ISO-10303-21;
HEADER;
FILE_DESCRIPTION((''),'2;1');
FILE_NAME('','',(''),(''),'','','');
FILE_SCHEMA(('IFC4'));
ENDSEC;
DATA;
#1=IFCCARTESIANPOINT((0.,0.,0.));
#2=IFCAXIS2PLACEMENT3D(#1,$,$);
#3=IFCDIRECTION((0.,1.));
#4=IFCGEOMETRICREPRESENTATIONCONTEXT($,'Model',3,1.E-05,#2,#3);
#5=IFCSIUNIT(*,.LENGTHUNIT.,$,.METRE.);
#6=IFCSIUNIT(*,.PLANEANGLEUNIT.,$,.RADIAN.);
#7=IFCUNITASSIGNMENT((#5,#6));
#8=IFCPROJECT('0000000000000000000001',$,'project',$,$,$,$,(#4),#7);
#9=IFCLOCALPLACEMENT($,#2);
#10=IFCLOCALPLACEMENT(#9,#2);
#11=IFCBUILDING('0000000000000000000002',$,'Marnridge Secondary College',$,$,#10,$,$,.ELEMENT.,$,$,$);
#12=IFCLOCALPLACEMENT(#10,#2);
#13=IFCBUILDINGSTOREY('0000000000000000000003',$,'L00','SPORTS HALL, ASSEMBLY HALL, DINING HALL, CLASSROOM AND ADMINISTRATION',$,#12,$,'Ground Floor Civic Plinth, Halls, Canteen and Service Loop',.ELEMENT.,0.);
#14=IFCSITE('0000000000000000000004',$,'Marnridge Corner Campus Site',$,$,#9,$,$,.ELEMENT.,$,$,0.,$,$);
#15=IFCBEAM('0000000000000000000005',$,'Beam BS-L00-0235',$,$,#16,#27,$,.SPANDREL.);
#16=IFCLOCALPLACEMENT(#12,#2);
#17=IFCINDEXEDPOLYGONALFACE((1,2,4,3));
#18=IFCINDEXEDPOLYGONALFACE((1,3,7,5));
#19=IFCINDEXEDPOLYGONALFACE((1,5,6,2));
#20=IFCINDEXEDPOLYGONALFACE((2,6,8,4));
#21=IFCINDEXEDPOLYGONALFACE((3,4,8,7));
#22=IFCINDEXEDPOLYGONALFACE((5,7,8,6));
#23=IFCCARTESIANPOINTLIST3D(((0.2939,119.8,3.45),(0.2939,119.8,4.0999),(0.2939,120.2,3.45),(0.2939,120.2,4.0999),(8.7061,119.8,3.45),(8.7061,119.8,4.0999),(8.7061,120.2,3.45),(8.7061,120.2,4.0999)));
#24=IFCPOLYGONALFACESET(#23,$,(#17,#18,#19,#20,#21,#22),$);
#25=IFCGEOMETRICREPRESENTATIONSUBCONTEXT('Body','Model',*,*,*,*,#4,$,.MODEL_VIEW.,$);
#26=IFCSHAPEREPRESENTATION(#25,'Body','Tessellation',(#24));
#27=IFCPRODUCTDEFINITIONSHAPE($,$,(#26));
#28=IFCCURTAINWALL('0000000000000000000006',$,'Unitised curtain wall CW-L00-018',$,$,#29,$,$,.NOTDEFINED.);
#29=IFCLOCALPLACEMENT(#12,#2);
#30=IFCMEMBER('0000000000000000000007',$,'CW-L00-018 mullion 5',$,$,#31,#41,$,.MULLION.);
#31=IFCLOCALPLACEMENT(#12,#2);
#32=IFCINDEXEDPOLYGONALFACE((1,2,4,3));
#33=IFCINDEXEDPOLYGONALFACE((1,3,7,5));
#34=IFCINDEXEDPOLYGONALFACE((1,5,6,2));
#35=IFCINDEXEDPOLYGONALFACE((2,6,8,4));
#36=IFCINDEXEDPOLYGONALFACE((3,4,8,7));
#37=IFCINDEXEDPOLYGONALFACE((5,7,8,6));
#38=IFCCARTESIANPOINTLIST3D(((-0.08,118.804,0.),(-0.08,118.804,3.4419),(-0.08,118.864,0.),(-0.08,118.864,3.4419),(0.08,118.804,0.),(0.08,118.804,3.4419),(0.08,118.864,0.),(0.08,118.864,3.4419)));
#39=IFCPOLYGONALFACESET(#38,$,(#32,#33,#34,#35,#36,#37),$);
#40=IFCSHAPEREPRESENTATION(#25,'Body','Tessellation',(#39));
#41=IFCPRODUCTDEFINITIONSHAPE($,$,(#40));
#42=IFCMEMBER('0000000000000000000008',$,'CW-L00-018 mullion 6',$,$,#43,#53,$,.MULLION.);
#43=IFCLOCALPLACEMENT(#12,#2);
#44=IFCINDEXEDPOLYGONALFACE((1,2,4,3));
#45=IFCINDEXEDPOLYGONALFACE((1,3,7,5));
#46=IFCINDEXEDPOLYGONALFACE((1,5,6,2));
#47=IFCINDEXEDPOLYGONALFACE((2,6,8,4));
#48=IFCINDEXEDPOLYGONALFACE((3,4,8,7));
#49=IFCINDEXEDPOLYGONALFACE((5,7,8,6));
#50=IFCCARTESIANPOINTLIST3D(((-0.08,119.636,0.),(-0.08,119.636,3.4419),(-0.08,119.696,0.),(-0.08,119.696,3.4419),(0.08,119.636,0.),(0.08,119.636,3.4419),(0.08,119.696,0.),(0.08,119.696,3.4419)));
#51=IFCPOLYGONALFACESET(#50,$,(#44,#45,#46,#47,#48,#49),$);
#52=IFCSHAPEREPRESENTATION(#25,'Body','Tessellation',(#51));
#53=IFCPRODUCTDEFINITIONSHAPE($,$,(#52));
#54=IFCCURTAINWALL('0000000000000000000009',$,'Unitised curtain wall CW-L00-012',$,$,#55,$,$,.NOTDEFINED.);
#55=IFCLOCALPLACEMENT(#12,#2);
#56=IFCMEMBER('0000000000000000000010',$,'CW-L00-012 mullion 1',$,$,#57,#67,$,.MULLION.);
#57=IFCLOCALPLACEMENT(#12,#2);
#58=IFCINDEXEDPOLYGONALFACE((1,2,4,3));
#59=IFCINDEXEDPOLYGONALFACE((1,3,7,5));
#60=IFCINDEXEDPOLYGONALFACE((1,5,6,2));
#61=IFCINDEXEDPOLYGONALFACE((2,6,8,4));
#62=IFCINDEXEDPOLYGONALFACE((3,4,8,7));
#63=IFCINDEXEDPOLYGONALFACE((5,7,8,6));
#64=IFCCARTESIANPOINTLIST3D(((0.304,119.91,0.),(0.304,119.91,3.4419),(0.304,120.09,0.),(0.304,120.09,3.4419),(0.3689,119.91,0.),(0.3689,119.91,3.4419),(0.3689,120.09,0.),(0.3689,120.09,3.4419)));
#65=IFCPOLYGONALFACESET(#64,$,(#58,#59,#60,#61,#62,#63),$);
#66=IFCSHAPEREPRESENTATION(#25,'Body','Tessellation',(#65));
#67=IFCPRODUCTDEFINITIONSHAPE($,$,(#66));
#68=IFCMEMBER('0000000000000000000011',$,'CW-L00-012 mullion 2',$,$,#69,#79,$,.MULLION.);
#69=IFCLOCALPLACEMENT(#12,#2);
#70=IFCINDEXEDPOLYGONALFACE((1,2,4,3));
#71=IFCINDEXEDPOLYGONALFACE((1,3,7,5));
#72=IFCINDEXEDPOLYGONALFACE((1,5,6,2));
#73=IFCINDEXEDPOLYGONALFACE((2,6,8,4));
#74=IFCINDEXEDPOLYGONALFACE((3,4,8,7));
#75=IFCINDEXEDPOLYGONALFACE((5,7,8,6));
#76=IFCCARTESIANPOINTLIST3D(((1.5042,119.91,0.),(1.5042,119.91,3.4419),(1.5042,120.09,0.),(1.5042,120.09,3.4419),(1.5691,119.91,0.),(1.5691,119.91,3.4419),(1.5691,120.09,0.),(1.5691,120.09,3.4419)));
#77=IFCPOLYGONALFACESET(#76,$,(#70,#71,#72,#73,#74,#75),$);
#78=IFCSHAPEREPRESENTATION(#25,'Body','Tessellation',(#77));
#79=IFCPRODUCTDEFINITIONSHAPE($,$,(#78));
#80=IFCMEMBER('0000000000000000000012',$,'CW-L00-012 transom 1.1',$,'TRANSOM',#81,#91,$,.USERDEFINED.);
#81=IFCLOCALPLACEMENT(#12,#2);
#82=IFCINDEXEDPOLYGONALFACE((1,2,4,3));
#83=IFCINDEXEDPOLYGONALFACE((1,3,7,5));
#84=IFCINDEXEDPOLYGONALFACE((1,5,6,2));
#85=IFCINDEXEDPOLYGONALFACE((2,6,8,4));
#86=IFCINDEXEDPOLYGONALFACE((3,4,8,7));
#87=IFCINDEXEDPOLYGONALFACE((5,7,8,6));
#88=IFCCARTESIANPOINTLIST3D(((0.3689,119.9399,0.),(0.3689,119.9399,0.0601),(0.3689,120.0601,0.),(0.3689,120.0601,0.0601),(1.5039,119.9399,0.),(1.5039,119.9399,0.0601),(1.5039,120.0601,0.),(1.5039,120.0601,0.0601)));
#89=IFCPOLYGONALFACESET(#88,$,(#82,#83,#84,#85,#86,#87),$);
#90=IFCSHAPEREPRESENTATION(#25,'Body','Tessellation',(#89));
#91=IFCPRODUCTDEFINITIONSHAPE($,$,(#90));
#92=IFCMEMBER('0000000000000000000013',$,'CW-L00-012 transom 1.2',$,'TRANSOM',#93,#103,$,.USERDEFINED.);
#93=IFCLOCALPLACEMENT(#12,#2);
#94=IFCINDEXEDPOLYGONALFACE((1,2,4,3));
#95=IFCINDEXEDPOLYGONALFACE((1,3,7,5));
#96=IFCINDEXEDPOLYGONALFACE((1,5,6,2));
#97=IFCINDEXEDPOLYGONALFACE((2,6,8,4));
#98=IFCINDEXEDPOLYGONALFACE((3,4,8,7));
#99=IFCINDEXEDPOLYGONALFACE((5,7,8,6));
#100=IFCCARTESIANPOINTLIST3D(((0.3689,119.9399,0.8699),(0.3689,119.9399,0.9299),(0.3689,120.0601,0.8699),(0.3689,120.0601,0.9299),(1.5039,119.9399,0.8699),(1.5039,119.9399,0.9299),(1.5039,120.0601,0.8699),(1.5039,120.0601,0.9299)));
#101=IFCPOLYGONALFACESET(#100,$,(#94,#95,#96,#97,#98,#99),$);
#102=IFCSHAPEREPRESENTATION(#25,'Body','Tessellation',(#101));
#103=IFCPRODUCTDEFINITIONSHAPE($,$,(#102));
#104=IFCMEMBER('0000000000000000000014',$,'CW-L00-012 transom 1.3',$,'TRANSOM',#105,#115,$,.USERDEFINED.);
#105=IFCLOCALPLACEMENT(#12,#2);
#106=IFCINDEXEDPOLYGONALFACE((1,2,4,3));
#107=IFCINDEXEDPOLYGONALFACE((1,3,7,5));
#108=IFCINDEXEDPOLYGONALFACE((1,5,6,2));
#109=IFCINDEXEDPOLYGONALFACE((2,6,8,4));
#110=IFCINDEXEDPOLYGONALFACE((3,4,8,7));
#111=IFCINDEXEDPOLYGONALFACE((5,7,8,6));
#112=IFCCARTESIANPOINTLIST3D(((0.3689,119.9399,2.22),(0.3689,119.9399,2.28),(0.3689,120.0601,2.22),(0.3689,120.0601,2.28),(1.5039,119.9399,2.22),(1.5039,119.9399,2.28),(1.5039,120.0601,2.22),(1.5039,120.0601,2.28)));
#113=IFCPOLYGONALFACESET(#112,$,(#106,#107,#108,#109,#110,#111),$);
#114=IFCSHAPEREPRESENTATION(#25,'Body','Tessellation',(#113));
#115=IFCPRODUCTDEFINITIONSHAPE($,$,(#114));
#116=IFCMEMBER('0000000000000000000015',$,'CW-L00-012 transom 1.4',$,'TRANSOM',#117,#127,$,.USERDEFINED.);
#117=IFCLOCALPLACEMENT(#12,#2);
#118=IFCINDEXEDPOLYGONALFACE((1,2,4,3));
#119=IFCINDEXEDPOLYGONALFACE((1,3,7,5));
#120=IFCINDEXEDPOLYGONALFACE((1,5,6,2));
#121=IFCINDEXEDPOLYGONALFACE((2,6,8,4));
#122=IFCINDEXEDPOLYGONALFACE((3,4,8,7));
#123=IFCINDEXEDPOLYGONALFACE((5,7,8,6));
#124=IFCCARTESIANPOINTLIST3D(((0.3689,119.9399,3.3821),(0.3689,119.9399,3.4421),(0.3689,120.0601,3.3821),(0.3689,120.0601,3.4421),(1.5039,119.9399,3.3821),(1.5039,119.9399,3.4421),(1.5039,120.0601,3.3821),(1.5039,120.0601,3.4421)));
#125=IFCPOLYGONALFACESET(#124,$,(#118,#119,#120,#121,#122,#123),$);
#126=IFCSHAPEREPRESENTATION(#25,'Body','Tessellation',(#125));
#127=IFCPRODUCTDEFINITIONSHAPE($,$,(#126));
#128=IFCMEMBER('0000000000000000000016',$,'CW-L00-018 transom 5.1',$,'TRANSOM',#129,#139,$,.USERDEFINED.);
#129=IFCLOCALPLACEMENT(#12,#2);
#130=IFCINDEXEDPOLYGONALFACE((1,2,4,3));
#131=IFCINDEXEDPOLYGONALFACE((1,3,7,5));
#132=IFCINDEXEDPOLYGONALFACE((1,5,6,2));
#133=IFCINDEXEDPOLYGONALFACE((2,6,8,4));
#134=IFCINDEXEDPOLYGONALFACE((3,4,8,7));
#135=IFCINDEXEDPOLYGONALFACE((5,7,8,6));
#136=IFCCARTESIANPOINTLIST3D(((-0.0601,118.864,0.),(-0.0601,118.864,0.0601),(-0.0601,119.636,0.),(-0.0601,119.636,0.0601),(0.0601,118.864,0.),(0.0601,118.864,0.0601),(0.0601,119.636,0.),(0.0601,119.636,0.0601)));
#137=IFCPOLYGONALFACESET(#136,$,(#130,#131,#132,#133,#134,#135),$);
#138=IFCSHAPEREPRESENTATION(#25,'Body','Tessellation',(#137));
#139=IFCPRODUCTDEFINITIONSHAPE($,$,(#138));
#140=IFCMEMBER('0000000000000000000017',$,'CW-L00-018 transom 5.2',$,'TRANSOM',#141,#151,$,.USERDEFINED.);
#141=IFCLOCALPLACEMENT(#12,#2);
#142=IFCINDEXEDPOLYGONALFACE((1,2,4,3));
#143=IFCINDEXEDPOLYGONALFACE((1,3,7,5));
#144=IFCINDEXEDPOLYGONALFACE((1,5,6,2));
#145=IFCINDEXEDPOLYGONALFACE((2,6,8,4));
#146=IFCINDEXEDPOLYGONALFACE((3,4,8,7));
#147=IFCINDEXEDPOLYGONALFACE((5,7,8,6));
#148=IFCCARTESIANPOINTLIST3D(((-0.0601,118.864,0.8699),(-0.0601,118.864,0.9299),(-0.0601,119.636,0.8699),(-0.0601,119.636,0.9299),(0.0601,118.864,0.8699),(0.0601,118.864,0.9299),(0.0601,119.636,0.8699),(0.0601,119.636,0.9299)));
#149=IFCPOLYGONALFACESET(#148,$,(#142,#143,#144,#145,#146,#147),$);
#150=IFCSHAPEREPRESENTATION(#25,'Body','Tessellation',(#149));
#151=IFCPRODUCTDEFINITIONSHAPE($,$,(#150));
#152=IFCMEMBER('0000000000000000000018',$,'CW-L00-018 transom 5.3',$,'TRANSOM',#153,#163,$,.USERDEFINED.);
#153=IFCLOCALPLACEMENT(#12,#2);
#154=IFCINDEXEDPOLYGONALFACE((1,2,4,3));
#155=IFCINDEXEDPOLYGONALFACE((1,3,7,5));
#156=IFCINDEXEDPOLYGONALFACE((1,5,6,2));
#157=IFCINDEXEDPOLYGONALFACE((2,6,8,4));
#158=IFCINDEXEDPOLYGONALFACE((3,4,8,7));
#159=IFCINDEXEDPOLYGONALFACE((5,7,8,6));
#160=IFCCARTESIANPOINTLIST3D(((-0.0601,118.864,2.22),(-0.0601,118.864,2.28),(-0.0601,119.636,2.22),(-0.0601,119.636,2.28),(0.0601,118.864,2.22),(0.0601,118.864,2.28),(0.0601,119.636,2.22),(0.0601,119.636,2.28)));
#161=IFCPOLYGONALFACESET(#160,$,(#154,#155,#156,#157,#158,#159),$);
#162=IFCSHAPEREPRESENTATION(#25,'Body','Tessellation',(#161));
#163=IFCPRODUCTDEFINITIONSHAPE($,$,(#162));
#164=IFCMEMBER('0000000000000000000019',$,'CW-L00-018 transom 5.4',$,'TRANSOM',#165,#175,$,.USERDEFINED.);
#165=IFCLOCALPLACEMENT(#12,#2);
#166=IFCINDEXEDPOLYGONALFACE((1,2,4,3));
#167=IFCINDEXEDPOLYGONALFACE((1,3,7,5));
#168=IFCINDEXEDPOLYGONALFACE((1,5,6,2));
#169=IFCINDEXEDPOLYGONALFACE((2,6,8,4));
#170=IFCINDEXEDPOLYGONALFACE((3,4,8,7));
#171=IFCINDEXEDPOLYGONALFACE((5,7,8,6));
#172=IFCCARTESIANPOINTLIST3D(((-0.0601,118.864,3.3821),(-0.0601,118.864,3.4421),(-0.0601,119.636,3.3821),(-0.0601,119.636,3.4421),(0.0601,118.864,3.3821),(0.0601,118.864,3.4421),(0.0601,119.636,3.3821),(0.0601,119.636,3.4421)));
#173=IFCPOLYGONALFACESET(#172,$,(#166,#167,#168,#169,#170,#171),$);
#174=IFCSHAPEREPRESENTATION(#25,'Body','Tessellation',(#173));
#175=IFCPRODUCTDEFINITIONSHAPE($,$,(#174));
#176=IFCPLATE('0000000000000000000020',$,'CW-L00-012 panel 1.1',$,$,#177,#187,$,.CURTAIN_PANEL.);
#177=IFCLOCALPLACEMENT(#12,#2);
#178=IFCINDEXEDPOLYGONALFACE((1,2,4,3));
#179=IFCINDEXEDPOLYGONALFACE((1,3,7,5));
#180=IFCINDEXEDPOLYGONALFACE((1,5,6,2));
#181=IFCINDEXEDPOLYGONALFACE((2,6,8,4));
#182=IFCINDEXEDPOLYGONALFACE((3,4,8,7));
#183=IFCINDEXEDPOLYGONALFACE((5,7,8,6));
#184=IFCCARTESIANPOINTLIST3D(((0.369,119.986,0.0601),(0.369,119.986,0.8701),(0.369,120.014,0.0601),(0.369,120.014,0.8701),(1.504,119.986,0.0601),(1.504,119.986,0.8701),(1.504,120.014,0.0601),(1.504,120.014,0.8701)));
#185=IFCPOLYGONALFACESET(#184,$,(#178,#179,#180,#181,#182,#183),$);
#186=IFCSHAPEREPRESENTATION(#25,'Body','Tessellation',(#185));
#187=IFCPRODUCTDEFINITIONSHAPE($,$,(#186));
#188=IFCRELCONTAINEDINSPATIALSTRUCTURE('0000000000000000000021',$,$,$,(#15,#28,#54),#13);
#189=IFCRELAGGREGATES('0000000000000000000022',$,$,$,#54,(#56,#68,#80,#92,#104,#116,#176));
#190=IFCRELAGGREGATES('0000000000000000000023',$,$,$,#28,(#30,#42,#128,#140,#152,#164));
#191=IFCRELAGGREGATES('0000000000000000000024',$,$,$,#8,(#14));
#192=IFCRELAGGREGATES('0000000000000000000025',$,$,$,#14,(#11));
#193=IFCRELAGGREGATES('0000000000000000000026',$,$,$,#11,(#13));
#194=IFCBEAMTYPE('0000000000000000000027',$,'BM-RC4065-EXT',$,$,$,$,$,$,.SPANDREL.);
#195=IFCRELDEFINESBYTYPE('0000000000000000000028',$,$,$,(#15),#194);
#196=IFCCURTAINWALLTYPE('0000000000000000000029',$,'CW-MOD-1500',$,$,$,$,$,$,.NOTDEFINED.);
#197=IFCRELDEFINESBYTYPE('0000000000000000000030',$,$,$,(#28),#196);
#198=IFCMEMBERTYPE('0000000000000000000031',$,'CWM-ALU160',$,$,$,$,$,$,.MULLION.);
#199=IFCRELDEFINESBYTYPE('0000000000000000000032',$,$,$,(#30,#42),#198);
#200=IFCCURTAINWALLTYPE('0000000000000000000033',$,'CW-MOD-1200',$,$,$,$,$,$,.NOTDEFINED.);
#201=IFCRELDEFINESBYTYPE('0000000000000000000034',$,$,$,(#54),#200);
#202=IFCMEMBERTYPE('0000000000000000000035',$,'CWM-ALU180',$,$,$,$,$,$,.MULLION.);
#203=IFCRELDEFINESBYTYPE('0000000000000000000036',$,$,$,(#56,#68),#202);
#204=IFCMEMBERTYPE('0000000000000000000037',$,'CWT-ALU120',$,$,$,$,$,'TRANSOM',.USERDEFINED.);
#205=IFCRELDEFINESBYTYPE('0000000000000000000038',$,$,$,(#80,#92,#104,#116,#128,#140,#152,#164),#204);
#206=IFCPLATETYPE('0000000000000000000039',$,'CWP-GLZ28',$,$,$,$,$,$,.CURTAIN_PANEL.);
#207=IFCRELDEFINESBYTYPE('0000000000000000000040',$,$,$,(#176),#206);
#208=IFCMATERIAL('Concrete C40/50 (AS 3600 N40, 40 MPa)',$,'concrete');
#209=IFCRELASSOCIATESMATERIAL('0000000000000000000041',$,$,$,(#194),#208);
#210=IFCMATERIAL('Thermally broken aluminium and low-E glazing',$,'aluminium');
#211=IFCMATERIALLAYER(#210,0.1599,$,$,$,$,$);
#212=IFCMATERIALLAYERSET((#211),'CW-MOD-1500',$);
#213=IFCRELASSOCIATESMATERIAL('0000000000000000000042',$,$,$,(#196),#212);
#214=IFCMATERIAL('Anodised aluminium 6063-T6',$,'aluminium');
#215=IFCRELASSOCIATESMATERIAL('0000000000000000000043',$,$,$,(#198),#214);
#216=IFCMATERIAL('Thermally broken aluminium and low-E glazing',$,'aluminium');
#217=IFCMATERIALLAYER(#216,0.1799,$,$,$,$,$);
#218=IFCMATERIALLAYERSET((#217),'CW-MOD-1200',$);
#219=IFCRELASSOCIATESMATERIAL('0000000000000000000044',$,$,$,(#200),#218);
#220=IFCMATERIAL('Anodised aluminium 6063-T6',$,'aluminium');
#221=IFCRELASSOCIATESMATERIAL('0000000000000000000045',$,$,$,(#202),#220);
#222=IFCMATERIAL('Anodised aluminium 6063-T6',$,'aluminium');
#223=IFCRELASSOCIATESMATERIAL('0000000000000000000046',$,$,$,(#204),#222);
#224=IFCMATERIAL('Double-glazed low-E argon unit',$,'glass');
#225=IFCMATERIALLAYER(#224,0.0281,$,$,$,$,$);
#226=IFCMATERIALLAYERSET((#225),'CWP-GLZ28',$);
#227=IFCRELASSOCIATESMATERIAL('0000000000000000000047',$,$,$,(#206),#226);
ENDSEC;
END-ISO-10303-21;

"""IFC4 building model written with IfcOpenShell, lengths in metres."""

from ifc_helpers import new_model, si_unit, direction, frame, origin, origin_2d, place, context, subcontext, project, spatial, rectangle, extrude, material, layer, layer_set, material_profile, profile_set, type_object, element, aggregate, save


model = new_model("IFC4")

# Units and contexts
model_context = context("Model", 3, precision=1e-05, world=origin(), true_north=direction((0.0, 1.0)))
body_context = subcontext(model_context, "Body", "Model", "MODEL_VIEW")
ifc_project = project(units=[si_unit("LENGTHUNIT", "METRE"), si_unit("PLANEANGLEUNIT", "RADIAN")], contexts=[model_context])

# Site, building, storey
site_placement = place(None, origin())
site = spatial("IfcSite", under=ifc_project, at=site_placement, Name="Marnridge Corner Campus Site", CompositionType="ELEMENT", RefElevation=0.0)
building_placement = place(site_placement, origin())
building = spatial("IfcBuilding", under=site, at=building_placement, Name="Marnridge Secondary College", CompositionType="ELEMENT")
storey_placement = place(building_placement, origin())
storey = spatial("IfcBuildingStorey", under=building, at=storey_placement, Name="L00", Description="SPORTS HALL, ASSEMBLY HALL, DINING HALL, CLASSROOM AND ADMINISTRATION", LongName="Ground Floor Civic Plinth, Halls, Canteen and Service Loop", CompositionType="ELEMENT", Elevation=0.0)

# Beam
ifc_material_1 = material(Name="Concrete C40/50 (AS 3600 N40, 40 MPa)", Category="concrete")
ifc_material_profile_1 = material_profile(ifc_material_1, rectangle(XDim=0.3999, YDim=0.6499, at=origin_2d()), Name="RC 400x650")
ifc_profile_set_1 = profile_set([ifc_material_profile_1], Name="Concrete C40/50 (AS 3600 N40, 40 MPa)")
beam_type = type_object("IfcBeamType", Name="BM-RC4065-EXT", PredefinedType="SPANDREL", material=ifc_profile_set_1)
beam_placement = place(storey_placement, frame((0.2939, 120.0, 3.7749), z_axis=(1.0, 0.0, 0.0), x_axis=(0.0, 1.0, 0.0)))
element("IfcBeam", 1, at=beam_placement, inside=storey, type_object=beam_type, Name="Beam BS-L00-0235", PredefinedType="SPANDREL", context=body_context, shape_type="SweptSolid", body=[
    extrude(rectangle(XDim=0.3999, YDim=0.6499, at=origin_2d()), origin(), (0.0, 0.0, 1.0), 8.4121),
])

# Curtain walls, members
ifc_material_2 = material(Name="Thermally broken aluminium and low-E glazing", Category="aluminium")
ifc_layer_1 = layer(ifc_material_2, 0.1599)
ifc_layer_set_1 = layer_set([ifc_layer_1], Name="CW-MOD-1500")
curtain_wall_type_1 = type_object("IfcCurtainWallType", Name="CW-MOD-1500", PredefinedType="NOTDEFINED", material=ifc_layer_set_1)
curtain_wall_1_placement = place(storey_placement, origin())
curtain_wall_1 = element("IfcCurtainWall", 2, at=curtain_wall_1_placement, inside=storey, type_object=curtain_wall_type_1, Name="Unitised curtain wall CW-L00-018", PredefinedType="NOTDEFINED")
ifc_material_3 = material(Name="Anodised aluminium 6063-T6", Category="aluminium")
ifc_material_profile_2 = material_profile(ifc_material_3, rectangle(XDim=0.0601, YDim=0.1599, at=origin_2d()), Name="ALU 60x160")
ifc_profile_set_2 = profile_set([ifc_material_profile_2], Name="Anodised aluminium 6063-T6")
member_type_1 = type_object("IfcMemberType", Name="CWM-ALU160", PredefinedType="MULLION", material=ifc_profile_set_2)
member_1_placement = place(storey_placement, frame((0.0, 118.834, 0.0), z_axis=(0.0, 0.0, 1.0), x_axis=(0.0, 1.0, 0.0)))
member_1 = element("IfcMember", 3, at=member_1_placement, type_object=member_type_1, Name="CW-L00-018 mullion 5", PredefinedType="MULLION", context=body_context, shape_type="SweptSolid", body=[
    extrude(rectangle(XDim=0.0601, YDim=0.1599, at=origin_2d()), origin(), (0.0, 0.0, 1.0), 3.4419),
])
member_2_placement = place(storey_placement, frame((0.0, 119.666, 0.0), z_axis=(0.0, 0.0, 1.0), x_axis=(0.0, 1.0, 0.0)))
member_2 = element("IfcMember", 4, at=member_2_placement, type_object=member_type_1, Name="CW-L00-018 mullion 6", PredefinedType="MULLION", context=body_context, shape_type="SweptSolid", body=[
    extrude(rectangle(XDim=0.0601, YDim=0.1599, at=origin_2d()), origin(), (0.0, 0.0, 1.0), 3.4419),
])
ifc_material_4 = material(Name="Thermally broken aluminium and low-E glazing", Category="aluminium")
ifc_layer_2 = layer(ifc_material_4, 0.1799)
ifc_layer_set_2 = layer_set([ifc_layer_2], Name="CW-MOD-1200")
curtain_wall_type_2 = type_object("IfcCurtainWallType", Name="CW-MOD-1200", PredefinedType="NOTDEFINED", material=ifc_layer_set_2)
curtain_wall_2_placement = place(storey_placement, origin())
curtain_wall_2 = element("IfcCurtainWall", 5, at=curtain_wall_2_placement, inside=storey, type_object=curtain_wall_type_2, Name="Unitised curtain wall CW-L00-012", PredefinedType="NOTDEFINED")
ifc_material_5 = material(Name="Anodised aluminium 6063-T6", Category="aluminium")
ifc_material_profile_3 = material_profile(ifc_material_5, rectangle(XDim=0.0649, YDim=0.1799, at=origin_2d()), Name="ALU 65x180")
ifc_profile_set_3 = profile_set([ifc_material_profile_3], Name="Anodised aluminium 6063-T6")
member_type_2 = type_object("IfcMemberType", Name="CWM-ALU180", PredefinedType="MULLION", material=ifc_profile_set_3)
member_3_placement = place(storey_placement, frame((0.3364, 120.0, 0.0), z_axis=(0.0, 0.0, 1.0), x_axis=(1.0, 0.0, 0.0)))
member_3 = element("IfcMember", 6, at=member_3_placement, type_object=member_type_2, Name="CW-L00-012 mullion 1", PredefinedType="MULLION", context=body_context, shape_type="SweptSolid", body=[
    extrude(rectangle(XDim=0.0649, YDim=0.1799, at=origin_2d()), origin(), (0.0, 0.0, 1.0), 3.4419),
])
member_4_placement = place(storey_placement, frame((1.5366, 120.0, 0.0), z_axis=(0.0, 0.0, 1.0), x_axis=(1.0, 0.0, 0.0)))
member_4 = element("IfcMember", 7, at=member_4_placement, type_object=member_type_2, Name="CW-L00-012 mullion 2", PredefinedType="MULLION", context=body_context, shape_type="SweptSolid", body=[
    extrude(rectangle(XDim=0.0649, YDim=0.1799, at=origin_2d()), origin(), (0.0, 0.0, 1.0), 3.4419),
])
ifc_material_6 = material(Name="Anodised aluminium 6063-T6", Category="aluminium")
ifc_material_profile_4 = material_profile(ifc_material_6, rectangle(XDim=0.0601, YDim=0.1201, at=origin_2d()), Name="ALU 60x120")
ifc_profile_set_4 = profile_set([ifc_material_profile_4], Name="Anodised aluminium 6063-T6")
member_type_3 = type_object("IfcMemberType", Name="CWT-ALU120", ElementType="TRANSOM", PredefinedType="USERDEFINED", material=ifc_profile_set_4)
member_5_placement = place(storey_placement, frame((0.3689, 120.0, 0.03), z_axis=(1.0, 0.0, 0.0), x_axis=(0.0, 0.0, 1.0)))
member_5 = element("IfcMember", 8, at=member_5_placement, type_object=member_type_3, Name="CW-L00-012 transom 1.1", ObjectType="TRANSOM", PredefinedType="USERDEFINED", context=body_context, shape_type="SweptSolid", body=[
    extrude(rectangle(XDim=0.0601, YDim=0.1201, at=origin_2d()), origin(), (0.0, 0.0, 1.0), 1.135),
])
member_6_placement = place(storey_placement, frame((0.3689, 120.0, 0.8999), z_axis=(1.0, 0.0, 0.0), x_axis=(0.0, 0.0, 1.0)))
member_6 = element("IfcMember", 9, at=member_6_placement, type_object=member_type_3, Name="CW-L00-012 transom 1.2", ObjectType="TRANSOM", PredefinedType="USERDEFINED", context=body_context, shape_type="SweptSolid", body=[
    extrude(rectangle(XDim=0.0601, YDim=0.1201, at=origin_2d()), origin(), (0.0, 0.0, 1.0), 1.135),
])
member_7_placement = place(storey_placement, frame((0.3689, 120.0, 2.25), z_axis=(1.0, 0.0, 0.0), x_axis=(0.0, 0.0, 1.0)))
member_7 = element("IfcMember", 10, at=member_7_placement, type_object=member_type_3, Name="CW-L00-012 transom 1.3", ObjectType="TRANSOM", PredefinedType="USERDEFINED", context=body_context, shape_type="SweptSolid", body=[
    extrude(rectangle(XDim=0.0601, YDim=0.1201, at=origin_2d()), origin(), (0.0, 0.0, 1.0), 1.135),
])
member_8_placement = place(storey_placement, frame((0.3689, 120.0, 3.4121), z_axis=(1.0, 0.0, 0.0), x_axis=(0.0, 0.0, 1.0)))
member_8 = element("IfcMember", 11, at=member_8_placement, type_object=member_type_3, Name="CW-L00-012 transom 1.4", ObjectType="TRANSOM", PredefinedType="USERDEFINED", context=body_context, shape_type="SweptSolid", body=[
    extrude(rectangle(XDim=0.0601, YDim=0.1201, at=origin_2d()), origin(), (0.0, 0.0, 1.0), 1.135),
])

# Members
member_9_placement = place(storey_placement, frame((0.0, 118.864, 0.03), z_axis=(0.0, 1.0, 0.0), x_axis=(0.0, 0.0, 1.0)))
member_9 = element("IfcMember", 12, at=member_9_placement, type_object=member_type_3, Name="CW-L00-018 transom 5.1", ObjectType="TRANSOM", PredefinedType="USERDEFINED", context=body_context, shape_type="SweptSolid", body=[
    extrude(rectangle(XDim=0.0601, YDim=0.1201, at=origin_2d()), origin(), (0.0, 0.0, 1.0), 0.772),
])
member_10_placement = place(storey_placement, frame((0.0, 118.864, 0.8999), z_axis=(0.0, 1.0, 0.0), x_axis=(0.0, 0.0, 1.0)))
member_10 = element("IfcMember", 13, at=member_10_placement, type_object=member_type_3, Name="CW-L00-018 transom 5.2", ObjectType="TRANSOM", PredefinedType="USERDEFINED", context=body_context, shape_type="SweptSolid", body=[
    extrude(rectangle(XDim=0.0601, YDim=0.1201, at=origin_2d()), origin(), (0.0, 0.0, 1.0), 0.772),
])
member_11_placement = place(storey_placement, frame((0.0, 118.864, 2.25), z_axis=(0.0, 1.0, 0.0), x_axis=(0.0, 0.0, 1.0)))
member_11 = element("IfcMember", 14, at=member_11_placement, type_object=member_type_3, Name="CW-L00-018 transom 5.3", ObjectType="TRANSOM", PredefinedType="USERDEFINED", context=body_context, shape_type="SweptSolid", body=[
    extrude(rectangle(XDim=0.0601, YDim=0.1201, at=origin_2d()), origin(), (0.0, 0.0, 1.0), 0.772),
])
member_12_placement = place(storey_placement, frame((0.0, 118.864, 3.4121), z_axis=(0.0, 1.0, 0.0), x_axis=(0.0, 0.0, 1.0)))
member_12 = element("IfcMember", 15, at=member_12_placement, type_object=member_type_3, Name="CW-L00-018 transom 5.4", ObjectType="TRANSOM", PredefinedType="USERDEFINED", context=body_context, shape_type="SweptSolid", body=[
    extrude(rectangle(XDim=0.0601, YDim=0.1201, at=origin_2d()), origin(), (0.0, 0.0, 1.0), 0.772),
])

# Plate
ifc_material_7 = material(Name="Double-glazed low-E argon unit", Category="glass")
ifc_layer_3 = layer(ifc_material_7, 0.0281)
ifc_layer_set_3 = layer_set([ifc_layer_3], Name="CWP-GLZ28")
plate_type = type_object("IfcPlateType", Name="CWP-GLZ28", PredefinedType="CURTAIN_PANEL", material=ifc_layer_set_3)
plate_1_placement = place(storey_placement, frame((0.9365, 120.0, 0.0601), z_axis=(0.0, 0.0, 1.0), x_axis=(1.0, 0.0, 0.0)))
plate_1 = element("IfcPlate", 16, at=plate_1_placement, type_object=plate_type, Name="CW-L00-012 panel 1.1", PredefinedType="CURTAIN_PANEL", context=body_context, shape_type="SweptSolid", body=[
    extrude(rectangle(XDim=1.135, YDim=0.0281, at=origin_2d()), origin(), (0.0, 0.0, 1.0), 0.8101),
])
aggregate(curtain_wall_2, [member_3, member_4, member_5, member_6, member_7, member_8, plate_1])
aggregate(curtain_wall_1, [member_1, member_2, member_9, member_10, member_11, member_12])

save(model, "model.ifc")
